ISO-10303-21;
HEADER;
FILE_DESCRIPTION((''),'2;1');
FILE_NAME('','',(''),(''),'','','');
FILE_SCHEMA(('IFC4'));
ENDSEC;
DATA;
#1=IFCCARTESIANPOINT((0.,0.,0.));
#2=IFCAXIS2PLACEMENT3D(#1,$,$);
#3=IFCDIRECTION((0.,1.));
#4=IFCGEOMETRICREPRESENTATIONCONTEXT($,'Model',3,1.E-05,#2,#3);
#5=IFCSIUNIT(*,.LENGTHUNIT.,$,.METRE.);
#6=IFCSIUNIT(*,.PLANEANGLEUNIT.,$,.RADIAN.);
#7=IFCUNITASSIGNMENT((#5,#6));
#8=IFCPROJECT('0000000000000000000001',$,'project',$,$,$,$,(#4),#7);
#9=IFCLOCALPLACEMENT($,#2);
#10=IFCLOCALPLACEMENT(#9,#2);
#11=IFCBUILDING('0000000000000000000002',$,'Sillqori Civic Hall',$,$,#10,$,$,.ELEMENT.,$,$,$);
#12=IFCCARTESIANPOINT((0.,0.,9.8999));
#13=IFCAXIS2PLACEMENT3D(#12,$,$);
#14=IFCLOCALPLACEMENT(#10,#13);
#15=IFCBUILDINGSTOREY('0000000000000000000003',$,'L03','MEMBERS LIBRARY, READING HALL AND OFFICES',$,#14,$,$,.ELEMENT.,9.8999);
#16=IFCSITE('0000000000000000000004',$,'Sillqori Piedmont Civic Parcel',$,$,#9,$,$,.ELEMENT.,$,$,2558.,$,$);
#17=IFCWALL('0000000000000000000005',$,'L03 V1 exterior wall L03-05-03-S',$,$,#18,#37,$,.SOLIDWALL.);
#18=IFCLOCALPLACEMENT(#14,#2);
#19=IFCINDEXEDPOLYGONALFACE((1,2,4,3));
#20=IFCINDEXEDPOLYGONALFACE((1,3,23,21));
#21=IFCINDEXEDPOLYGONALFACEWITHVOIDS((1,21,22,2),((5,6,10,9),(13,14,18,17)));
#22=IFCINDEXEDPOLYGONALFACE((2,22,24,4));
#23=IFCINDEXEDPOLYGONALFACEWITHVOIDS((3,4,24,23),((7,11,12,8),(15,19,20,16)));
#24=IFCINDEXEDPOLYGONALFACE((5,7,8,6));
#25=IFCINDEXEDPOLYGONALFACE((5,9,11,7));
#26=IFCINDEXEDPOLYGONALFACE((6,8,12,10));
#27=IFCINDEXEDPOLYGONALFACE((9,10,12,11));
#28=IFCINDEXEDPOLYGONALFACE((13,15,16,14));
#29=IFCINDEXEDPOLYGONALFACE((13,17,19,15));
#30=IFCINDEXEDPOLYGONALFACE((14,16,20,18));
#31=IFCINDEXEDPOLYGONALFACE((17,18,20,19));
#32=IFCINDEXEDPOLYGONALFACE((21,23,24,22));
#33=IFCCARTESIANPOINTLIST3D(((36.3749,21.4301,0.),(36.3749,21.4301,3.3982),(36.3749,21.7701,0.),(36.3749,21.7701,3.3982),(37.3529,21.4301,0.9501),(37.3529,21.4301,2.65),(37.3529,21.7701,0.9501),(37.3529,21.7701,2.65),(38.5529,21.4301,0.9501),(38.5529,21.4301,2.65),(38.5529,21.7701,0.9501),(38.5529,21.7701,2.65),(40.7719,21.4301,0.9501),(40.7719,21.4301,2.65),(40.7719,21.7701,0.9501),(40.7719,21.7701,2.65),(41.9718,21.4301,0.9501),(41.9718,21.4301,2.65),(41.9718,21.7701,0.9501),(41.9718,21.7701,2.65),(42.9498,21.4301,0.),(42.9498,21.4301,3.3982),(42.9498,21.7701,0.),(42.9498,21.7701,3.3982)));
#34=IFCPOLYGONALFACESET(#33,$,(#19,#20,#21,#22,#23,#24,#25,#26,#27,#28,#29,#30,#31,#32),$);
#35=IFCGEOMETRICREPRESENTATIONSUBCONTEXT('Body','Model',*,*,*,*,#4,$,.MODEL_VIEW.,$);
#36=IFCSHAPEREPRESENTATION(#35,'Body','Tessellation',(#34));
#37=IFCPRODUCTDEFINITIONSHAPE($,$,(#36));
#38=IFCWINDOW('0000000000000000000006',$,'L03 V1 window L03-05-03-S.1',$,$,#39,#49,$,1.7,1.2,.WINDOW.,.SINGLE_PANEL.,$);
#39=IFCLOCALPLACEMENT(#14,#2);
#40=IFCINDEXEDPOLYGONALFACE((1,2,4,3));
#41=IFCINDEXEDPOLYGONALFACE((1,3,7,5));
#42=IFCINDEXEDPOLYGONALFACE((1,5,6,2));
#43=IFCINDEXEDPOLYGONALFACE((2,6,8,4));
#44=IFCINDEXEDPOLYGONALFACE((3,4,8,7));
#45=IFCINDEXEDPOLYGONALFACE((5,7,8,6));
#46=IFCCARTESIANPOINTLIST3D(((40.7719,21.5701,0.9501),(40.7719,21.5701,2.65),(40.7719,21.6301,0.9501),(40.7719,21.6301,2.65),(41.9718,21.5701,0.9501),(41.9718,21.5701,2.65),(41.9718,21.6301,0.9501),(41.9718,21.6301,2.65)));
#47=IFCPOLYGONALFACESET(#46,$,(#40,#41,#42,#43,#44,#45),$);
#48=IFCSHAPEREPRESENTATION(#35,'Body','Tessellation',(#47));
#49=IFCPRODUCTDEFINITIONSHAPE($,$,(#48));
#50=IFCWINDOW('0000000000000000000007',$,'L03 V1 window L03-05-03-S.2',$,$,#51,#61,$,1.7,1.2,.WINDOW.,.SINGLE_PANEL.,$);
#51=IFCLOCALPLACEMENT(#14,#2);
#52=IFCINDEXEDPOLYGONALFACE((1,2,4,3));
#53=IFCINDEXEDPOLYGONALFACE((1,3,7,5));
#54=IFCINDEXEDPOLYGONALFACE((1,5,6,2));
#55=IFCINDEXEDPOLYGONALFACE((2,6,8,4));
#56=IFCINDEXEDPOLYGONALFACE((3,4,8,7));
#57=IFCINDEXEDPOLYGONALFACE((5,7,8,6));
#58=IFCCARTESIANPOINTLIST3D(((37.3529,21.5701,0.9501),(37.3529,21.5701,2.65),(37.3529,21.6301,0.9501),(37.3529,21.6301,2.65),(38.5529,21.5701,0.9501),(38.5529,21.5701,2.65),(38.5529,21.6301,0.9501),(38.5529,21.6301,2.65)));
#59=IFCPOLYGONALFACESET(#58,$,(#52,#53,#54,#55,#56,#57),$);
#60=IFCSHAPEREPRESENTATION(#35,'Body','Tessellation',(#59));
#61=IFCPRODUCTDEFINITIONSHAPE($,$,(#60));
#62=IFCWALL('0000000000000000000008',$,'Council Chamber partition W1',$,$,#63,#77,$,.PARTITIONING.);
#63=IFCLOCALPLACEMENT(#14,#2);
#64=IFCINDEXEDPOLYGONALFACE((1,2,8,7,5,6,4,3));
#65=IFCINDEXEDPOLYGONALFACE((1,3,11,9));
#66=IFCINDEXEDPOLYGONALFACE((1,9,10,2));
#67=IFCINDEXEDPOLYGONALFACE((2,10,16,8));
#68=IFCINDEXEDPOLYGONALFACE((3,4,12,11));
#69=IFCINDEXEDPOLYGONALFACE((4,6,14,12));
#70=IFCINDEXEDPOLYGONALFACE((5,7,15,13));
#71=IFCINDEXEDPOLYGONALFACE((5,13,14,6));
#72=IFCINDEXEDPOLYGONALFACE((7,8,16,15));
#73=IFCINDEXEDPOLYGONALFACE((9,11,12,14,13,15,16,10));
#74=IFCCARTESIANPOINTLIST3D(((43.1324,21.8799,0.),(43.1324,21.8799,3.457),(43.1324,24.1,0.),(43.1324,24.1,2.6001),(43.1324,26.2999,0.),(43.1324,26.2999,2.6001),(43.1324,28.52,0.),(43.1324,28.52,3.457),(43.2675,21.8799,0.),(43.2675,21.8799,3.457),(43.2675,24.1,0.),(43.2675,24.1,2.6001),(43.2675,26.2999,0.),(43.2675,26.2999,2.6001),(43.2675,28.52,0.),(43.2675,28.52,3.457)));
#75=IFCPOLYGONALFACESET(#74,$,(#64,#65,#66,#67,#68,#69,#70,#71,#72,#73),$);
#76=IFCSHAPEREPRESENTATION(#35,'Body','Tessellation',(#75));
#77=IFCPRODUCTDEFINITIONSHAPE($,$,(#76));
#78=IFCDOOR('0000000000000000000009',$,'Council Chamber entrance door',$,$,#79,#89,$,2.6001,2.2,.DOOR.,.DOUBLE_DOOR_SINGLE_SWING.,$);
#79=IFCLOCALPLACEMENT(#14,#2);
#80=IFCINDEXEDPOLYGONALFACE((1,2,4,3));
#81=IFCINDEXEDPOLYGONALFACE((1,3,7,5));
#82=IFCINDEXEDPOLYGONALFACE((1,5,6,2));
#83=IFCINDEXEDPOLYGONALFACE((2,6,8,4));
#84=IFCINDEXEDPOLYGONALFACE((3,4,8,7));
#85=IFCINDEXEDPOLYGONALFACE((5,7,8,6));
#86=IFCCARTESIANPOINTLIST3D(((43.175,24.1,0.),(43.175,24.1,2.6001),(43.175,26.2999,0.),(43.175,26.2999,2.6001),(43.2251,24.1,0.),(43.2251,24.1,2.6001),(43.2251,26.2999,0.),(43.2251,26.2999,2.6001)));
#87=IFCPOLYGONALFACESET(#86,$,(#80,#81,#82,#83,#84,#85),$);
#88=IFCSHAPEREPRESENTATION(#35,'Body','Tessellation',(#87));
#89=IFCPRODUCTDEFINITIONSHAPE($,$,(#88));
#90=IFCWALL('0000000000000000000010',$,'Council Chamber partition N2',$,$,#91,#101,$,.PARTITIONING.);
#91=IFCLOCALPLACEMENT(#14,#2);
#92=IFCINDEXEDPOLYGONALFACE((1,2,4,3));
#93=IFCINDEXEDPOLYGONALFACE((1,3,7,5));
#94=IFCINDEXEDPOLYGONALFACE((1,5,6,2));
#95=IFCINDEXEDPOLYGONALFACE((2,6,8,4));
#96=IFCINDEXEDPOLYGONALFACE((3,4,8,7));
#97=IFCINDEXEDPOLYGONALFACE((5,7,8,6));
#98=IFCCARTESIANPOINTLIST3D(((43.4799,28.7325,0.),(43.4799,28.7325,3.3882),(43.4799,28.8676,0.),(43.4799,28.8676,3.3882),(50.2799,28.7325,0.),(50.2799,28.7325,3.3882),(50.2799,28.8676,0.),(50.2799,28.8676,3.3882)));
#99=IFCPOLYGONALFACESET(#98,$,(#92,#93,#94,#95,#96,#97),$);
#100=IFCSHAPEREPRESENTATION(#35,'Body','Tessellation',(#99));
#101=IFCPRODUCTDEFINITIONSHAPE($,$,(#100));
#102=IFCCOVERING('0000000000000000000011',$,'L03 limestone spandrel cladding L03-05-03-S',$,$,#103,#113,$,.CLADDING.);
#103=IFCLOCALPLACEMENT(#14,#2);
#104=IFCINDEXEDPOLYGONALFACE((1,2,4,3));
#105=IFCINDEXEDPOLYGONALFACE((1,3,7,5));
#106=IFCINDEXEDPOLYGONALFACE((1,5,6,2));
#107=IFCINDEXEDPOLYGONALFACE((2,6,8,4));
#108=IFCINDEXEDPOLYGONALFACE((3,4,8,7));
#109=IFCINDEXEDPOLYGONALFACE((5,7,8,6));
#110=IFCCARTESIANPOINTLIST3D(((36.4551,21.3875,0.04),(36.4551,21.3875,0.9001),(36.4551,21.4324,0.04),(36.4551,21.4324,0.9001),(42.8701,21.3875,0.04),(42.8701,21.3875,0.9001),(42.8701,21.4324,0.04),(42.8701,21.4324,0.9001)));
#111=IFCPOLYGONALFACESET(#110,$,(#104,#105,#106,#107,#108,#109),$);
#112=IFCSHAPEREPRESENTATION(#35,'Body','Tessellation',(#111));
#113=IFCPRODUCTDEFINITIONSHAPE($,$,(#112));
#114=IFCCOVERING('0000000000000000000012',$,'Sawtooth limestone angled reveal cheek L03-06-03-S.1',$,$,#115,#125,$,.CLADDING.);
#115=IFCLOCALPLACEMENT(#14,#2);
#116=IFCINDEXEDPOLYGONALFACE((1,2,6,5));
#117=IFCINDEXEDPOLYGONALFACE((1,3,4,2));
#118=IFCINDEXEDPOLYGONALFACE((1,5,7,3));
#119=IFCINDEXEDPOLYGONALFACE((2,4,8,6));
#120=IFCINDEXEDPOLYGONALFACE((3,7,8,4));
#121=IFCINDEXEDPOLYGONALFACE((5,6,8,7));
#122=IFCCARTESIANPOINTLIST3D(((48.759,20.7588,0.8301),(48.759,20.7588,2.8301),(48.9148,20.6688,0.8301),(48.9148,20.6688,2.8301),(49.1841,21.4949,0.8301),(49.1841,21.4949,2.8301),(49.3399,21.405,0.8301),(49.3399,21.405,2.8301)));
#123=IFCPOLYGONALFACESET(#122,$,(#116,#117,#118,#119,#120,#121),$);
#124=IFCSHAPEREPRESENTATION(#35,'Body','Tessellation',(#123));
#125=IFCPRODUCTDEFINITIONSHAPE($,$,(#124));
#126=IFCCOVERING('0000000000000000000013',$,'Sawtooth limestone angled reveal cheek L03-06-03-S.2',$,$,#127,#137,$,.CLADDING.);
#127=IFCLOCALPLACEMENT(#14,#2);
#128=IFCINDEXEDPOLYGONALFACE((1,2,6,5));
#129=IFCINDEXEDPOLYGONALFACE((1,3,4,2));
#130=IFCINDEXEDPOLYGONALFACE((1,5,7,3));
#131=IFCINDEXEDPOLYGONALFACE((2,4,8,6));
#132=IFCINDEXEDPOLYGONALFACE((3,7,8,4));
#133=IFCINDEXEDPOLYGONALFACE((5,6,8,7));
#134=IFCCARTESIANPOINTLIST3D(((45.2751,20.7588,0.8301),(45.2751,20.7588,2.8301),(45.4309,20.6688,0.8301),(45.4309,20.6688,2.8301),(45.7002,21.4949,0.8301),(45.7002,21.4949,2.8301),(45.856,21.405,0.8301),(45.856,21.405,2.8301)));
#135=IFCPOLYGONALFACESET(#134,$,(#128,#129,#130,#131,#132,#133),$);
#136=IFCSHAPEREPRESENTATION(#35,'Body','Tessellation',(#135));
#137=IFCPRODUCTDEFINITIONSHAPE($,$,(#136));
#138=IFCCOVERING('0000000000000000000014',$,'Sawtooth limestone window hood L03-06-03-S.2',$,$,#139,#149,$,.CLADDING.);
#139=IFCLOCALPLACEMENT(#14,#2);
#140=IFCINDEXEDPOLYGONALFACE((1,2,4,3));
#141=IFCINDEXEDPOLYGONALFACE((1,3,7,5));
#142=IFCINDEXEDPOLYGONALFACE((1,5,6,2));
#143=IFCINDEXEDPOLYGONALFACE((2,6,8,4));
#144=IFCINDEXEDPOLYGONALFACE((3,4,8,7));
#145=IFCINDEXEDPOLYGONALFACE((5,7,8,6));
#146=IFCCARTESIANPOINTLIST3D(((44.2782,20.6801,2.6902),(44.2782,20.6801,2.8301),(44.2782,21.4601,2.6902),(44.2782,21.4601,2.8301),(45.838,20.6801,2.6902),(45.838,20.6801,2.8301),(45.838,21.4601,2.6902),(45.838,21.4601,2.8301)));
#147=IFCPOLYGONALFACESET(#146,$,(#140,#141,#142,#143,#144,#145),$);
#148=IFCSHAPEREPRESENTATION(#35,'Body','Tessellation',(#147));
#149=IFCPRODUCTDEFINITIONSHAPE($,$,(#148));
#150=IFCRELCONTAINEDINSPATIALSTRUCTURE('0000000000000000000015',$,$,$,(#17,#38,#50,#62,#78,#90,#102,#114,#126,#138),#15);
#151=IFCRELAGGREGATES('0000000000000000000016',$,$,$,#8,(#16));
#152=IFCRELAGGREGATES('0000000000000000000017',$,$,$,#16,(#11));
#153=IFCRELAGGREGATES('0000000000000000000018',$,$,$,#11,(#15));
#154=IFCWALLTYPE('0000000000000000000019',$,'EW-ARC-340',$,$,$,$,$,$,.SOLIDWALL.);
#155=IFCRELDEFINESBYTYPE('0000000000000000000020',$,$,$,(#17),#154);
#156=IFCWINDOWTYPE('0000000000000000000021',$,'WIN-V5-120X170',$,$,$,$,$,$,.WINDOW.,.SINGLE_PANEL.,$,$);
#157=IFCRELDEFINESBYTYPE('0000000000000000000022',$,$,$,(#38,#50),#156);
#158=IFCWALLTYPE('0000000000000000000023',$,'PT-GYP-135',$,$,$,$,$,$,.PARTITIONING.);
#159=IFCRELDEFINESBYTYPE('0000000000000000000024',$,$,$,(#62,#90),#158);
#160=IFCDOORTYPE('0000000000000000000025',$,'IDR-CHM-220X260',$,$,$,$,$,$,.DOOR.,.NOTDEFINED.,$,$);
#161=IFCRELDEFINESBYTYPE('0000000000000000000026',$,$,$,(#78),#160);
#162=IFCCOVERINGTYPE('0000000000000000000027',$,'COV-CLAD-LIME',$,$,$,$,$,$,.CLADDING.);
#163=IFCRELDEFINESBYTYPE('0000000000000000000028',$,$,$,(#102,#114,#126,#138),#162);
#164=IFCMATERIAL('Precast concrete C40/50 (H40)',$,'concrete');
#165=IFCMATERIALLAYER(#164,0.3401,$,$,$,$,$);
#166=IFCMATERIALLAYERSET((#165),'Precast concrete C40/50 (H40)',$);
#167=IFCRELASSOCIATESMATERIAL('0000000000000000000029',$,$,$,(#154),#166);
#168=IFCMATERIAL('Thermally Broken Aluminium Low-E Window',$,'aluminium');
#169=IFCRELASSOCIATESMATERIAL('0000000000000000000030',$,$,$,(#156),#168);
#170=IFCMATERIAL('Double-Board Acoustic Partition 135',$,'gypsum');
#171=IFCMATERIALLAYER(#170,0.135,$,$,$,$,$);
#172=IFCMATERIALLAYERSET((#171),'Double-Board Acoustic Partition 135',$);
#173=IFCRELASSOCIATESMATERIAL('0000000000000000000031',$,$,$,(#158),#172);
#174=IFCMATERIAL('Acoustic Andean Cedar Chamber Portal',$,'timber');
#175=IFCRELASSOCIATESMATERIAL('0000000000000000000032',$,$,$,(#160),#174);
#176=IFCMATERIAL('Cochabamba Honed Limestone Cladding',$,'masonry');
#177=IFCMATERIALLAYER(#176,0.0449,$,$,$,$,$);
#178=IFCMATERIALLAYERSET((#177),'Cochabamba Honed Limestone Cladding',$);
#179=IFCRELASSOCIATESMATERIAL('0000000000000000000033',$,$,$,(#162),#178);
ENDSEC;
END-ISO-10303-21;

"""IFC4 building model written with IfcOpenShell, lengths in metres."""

from ifc_helpers import new_model, si_unit, direction, frame, frame_2d, origin, place, context, subcontext, project, spatial, rectangle, extrude, material, layer, layer_set, type_object, element, fill, save


model = new_model("IFC4")

# Units and contexts
model_context = context("Model", 3, precision=1e-05, world=origin(), true_north=direction((0.0, 1.0)))
body_context = subcontext(model_context, "Body", "Model", "MODEL_VIEW")
ifc_project = project(units=[si_unit("LENGTHUNIT", "METRE"), si_unit("PLANEANGLEUNIT", "RADIAN")], contexts=[model_context])

# Site, building, storey
site_placement = place(None, origin())
site = spatial("IfcSite", under=ifc_project, at=site_placement, Name="Sillqori Piedmont Civic Parcel", CompositionType="ELEMENT", RefElevation=2558.0)
building_placement = place(site_placement, origin())
building = spatial("IfcBuilding", under=site, at=building_placement, Name="Sillqori Civic Hall", CompositionType="ELEMENT")
storey_placement = place(building_placement, frame((0.0, 0.0, 9.8999)))
storey = spatial("IfcBuildingStorey", under=building, at=storey_placement, Name="L03", Description="MEMBERS LIBRARY, READING HALL AND OFFICES", CompositionType="ELEMENT", Elevation=9.8999)

# Shared definitions
ifc_material_1 = material(Name="Precast concrete C40/50 (H40)", Category="concrete")

# Wall, openings, windows
ifc_layer_1 = layer(ifc_material_1, 0.3401)
ifc_layer_set_1 = layer_set([ifc_layer_1], Name="Precast concrete C40/50 (H40)")
wall_type_1 = type_object("IfcWallType", Name="EW-ARC-340", PredefinedType="SOLIDWALL", material=ifc_layer_set_1)
wall_1_placement = place(storey_placement, frame((42.95, 21.6001, 0.0), z_axis=(0.0, 0.0, 1.0), x_axis=(-1.0, 0.0, 0.0)))
wall_1 = element("IfcWall", 1, at=wall_1_placement, inside=storey, type_object=wall_type_1, Name="L03 V1 exterior wall L03-05-03-S", PredefinedType="SOLIDWALL", context=body_context, shape_type="SweptSolid", body=[
    extrude(rectangle(XDim=6.575, YDim=0.3401, at=frame_2d((3.2876, 0.0))), origin(), (0.0, 0.0, 1.0), 3.3982),
])
opening_1_placement = place(wall_1_placement, frame((0.978, 0.0, 0.95)))
opening_1 = element("IfcOpeningElement", 2, at=opening_1_placement, cuts=wall_1, PredefinedType="OPENING", context=body_context, shape_type="SweptSolid", body=[
    extrude(rectangle(XDim=1.2, YDim=1.7, at=frame_2d((0.6001, 0.8501))), frame((0.0, 0.1799, 0.0), z_axis=(0.0, -1.0, 0.0), x_axis=(1.0, 0.0, 0.0)), (0.0, 0.0, 1.0), 0.3601),
])
opening_2_placement = place(wall_1_placement, frame((4.397, 0.0, 0.95)))
opening_2 = element("IfcOpeningElement", 3, at=opening_2_placement, cuts=wall_1, PredefinedType="OPENING", context=body_context, shape_type="SweptSolid", body=[
    extrude(rectangle(XDim=1.2, YDim=1.7, at=frame_2d((0.6001, 0.8501))), frame((0.0, 0.1799, 0.0), z_axis=(0.0, -1.0, 0.0), x_axis=(1.0, 0.0, 0.0)), (0.0, 0.0, 1.0), 0.3601),
])
ifc_material_2 = material(Name="Thermally Broken Aluminium Low-E Window", Category="aluminium")
window_type = type_object("IfcWindowType", Name="WIN-V5-120X170", PartitioningType="SINGLE_PANEL", PredefinedType="WINDOW", material=ifc_material_2)
window_1_placement = place(opening_1_placement, origin())
window_1 = element("IfcWindow", 4, at=window_1_placement, inside=storey, type_object=window_type, Name="L03 V1 window L03-05-03-S.1", OverallHeight=1.7, OverallWidth=1.2, PartitioningType="SINGLE_PANEL", PredefinedType="WINDOW", context=body_context, shape_type="SweptSolid", body=[
    extrude(rectangle(XDim=1.2, YDim=1.7, at=frame_2d((0.6001, 0.8501))), frame((0.0, 0.03, 0.0), z_axis=(0.0, -1.0, 0.0), x_axis=(1.0, 0.0, 0.0)), (0.0, 0.0, 1.0), 0.0601),
])
fill(opening_1, window_1)
window_2_placement = place(opening_2_placement, origin())
window_2 = element("IfcWindow", 5, at=window_2_placement, inside=storey, type_object=window_type, Name="L03 V1 window L03-05-03-S.2", OverallHeight=1.7, OverallWidth=1.2, PartitioningType="SINGLE_PANEL", PredefinedType="WINDOW", context=body_context, shape_type="SweptSolid", body=[
    extrude(rectangle(XDim=1.2, YDim=1.7, at=frame_2d((0.6001, 0.8501))), frame((0.0, 0.03, 0.0), z_axis=(0.0, -1.0, 0.0), x_axis=(1.0, 0.0, 0.0)), (0.0, 0.0, 1.0), 0.0601),
])
fill(opening_2, window_2)

# Wall, opening, door
ifc_material_3 = material(Name="Double-Board Acoustic Partition 135", Category="gypsum")
ifc_layer_2 = layer(ifc_material_3, 0.135)
ifc_layer_set_2 = layer_set([ifc_layer_2], Name="Double-Board Acoustic Partition 135")
wall_type_2 = type_object("IfcWallType", Name="PT-GYP-135", PredefinedType="PARTITIONING", material=ifc_layer_set_2)
wall_2_placement = place(storey_placement, frame((43.2, 21.8799, 0.0), z_axis=(0.0, 0.0, 1.0), x_axis=(0.0, 1.0, 0.0)))
wall_2 = element("IfcWall", 6, at=wall_2_placement, inside=storey, type_object=wall_type_2, Name="Council Chamber partition W1", PredefinedType="PARTITIONING", context=body_context, shape_type="SweptSolid", body=[
    extrude(rectangle(XDim=6.6401, YDim=0.135, at=frame_2d((3.3201, 0.0))), origin(), (0.0, 0.0, 1.0), 3.457),
])
opening_3_placement = place(wall_2_placement, frame((2.22, 0.0, 0.0)))
opening_3 = element("IfcOpeningElement", 7, at=opening_3_placement, cuts=wall_2, PredefinedType="OPENING", context=body_context, shape_type="SweptSolid", body=[
    extrude(rectangle(XDim=2.2, YDim=2.6001, at=frame_2d((1.1001, 1.3))), frame((0.0, 0.0774, 0.0), z_axis=(0.0, -1.0, 0.0), x_axis=(1.0, 0.0, 0.0)), (0.0, 0.0, 1.0), 0.155),
])
ifc_material_4 = material(Name="Acoustic Andean Cedar Chamber Portal", Category="timber")
door_type = type_object("IfcDoorType", Name="IDR-CHM-220X260", OperationType="NOTDEFINED", PredefinedType="DOOR", material=ifc_material_4)
door_placement = place(opening_3_placement, origin())
door = element("IfcDoor", 8, at=door_placement, inside=storey, type_object=door_type, Name="Council Chamber entrance door", OperationType="DOUBLE_DOOR_SINGLE_SWING", OverallHeight=2.6001, OverallWidth=2.2, PredefinedType="DOOR", context=body_context, shape_type="SweptSolid", body=[
    extrude(rectangle(XDim=2.2, YDim=2.6001, at=frame_2d((1.1001, 1.3))), frame((0.0, 0.0249, 0.0), z_axis=(0.0, -1.0, 0.0), x_axis=(1.0, 0.0, 0.0)), (0.0, 0.0, 1.0), 0.05),
])
fill(opening_3, door)

# Wall
wall_3_placement = place(storey_placement, frame((43.48, 28.8, 0.0), z_axis=(0.0, 0.0, 1.0), x_axis=(1.0, 0.0, 0.0)))
element("IfcWall", 9, at=wall_3_placement, inside=storey, type_object=wall_type_2, Name="Council Chamber partition N2", PredefinedType="PARTITIONING", context=body_context, shape_type="SweptSolid", body=[
    extrude(rectangle(XDim=6.8, YDim=0.135, at=frame_2d((3.3999, 0.0))), origin(), (0.0, 0.0, 1.0), 3.3882),
])

# Coverings
ifc_material_5 = material(Name="Cochabamba Honed Limestone Cladding", Category="masonry")
ifc_layer_3 = layer(ifc_material_5, 0.0449)
ifc_layer_set_3 = layer_set([ifc_layer_3], Name="Cochabamba Honed Limestone Cladding")
covering_type = type_object("IfcCoveringType", Name="COV-CLAD-LIME", PredefinedType="CLADDING", material=ifc_layer_set_3)
covering_1_placement = place(storey_placement, frame((42.8701, 21.4099, 0.04), z_axis=(0.0, 0.0, 1.0), x_axis=(-1.0, 0.0, 0.0)))
element("IfcCovering", 10, at=covering_1_placement, inside=storey, type_object=covering_type, Name="L03 limestone spandrel cladding L03-05-03-S", PredefinedType="CLADDING", context=body_context, shape_type="SweptSolid", body=[
    extrude(rectangle(XDim=6.415, YDim=0.0449, at=frame_2d((3.2075, 0.0))), origin(), (0.0, 0.0, 1.0), 0.8601),
])
for number, where, z_axis, x_axis, name in (
    (11, (49.262, 21.45, 0.8301), (0.0, 0.0, 1.0), (-0.500062, -0.865989, 0.0), "Sawtooth limestone angled reveal cheek L03-06-03-S.1"),
    (12, (45.7781, 21.45, 0.8301), (0.0, 0.0, 1.0), (-0.500062, -0.865989, 0.0), "Sawtooth limestone angled reveal cheek L03-06-03-S.2"),
):
    element("IfcCovering", number, at=place(storey_placement, frame(where, z_axis=z_axis, x_axis=x_axis)), inside=storey, type_object=covering_type, Name=name, PredefinedType="CLADDING", context=body_context, shape_type="SweptSolid", body=[
        extrude(rectangle(XDim=0.8501, YDim=0.1799, at=frame_2d((0.425, 0.0))), origin(), (0.0, 0.0, 1.0), 2.0),
    ])
covering_2_placement = place(storey_placement, frame((45.8379, 21.0701, 2.6902), z_axis=(0.0, 0.0, 1.0), x_axis=(-1.0, 0.0, 0.0)))
element("IfcCovering", 13, at=covering_2_placement, inside=storey, type_object=covering_type, Name="Sawtooth limestone window hood L03-06-03-S.2", PredefinedType="CLADDING", context=body_context, shape_type="SweptSolid", body=[
    extrude(rectangle(XDim=1.5598, YDim=0.78, at=frame_2d((0.7798, 0.0))), origin(), (0.0, 0.0, 1.0), 0.1399),
])

save(model, "model.ifc")
